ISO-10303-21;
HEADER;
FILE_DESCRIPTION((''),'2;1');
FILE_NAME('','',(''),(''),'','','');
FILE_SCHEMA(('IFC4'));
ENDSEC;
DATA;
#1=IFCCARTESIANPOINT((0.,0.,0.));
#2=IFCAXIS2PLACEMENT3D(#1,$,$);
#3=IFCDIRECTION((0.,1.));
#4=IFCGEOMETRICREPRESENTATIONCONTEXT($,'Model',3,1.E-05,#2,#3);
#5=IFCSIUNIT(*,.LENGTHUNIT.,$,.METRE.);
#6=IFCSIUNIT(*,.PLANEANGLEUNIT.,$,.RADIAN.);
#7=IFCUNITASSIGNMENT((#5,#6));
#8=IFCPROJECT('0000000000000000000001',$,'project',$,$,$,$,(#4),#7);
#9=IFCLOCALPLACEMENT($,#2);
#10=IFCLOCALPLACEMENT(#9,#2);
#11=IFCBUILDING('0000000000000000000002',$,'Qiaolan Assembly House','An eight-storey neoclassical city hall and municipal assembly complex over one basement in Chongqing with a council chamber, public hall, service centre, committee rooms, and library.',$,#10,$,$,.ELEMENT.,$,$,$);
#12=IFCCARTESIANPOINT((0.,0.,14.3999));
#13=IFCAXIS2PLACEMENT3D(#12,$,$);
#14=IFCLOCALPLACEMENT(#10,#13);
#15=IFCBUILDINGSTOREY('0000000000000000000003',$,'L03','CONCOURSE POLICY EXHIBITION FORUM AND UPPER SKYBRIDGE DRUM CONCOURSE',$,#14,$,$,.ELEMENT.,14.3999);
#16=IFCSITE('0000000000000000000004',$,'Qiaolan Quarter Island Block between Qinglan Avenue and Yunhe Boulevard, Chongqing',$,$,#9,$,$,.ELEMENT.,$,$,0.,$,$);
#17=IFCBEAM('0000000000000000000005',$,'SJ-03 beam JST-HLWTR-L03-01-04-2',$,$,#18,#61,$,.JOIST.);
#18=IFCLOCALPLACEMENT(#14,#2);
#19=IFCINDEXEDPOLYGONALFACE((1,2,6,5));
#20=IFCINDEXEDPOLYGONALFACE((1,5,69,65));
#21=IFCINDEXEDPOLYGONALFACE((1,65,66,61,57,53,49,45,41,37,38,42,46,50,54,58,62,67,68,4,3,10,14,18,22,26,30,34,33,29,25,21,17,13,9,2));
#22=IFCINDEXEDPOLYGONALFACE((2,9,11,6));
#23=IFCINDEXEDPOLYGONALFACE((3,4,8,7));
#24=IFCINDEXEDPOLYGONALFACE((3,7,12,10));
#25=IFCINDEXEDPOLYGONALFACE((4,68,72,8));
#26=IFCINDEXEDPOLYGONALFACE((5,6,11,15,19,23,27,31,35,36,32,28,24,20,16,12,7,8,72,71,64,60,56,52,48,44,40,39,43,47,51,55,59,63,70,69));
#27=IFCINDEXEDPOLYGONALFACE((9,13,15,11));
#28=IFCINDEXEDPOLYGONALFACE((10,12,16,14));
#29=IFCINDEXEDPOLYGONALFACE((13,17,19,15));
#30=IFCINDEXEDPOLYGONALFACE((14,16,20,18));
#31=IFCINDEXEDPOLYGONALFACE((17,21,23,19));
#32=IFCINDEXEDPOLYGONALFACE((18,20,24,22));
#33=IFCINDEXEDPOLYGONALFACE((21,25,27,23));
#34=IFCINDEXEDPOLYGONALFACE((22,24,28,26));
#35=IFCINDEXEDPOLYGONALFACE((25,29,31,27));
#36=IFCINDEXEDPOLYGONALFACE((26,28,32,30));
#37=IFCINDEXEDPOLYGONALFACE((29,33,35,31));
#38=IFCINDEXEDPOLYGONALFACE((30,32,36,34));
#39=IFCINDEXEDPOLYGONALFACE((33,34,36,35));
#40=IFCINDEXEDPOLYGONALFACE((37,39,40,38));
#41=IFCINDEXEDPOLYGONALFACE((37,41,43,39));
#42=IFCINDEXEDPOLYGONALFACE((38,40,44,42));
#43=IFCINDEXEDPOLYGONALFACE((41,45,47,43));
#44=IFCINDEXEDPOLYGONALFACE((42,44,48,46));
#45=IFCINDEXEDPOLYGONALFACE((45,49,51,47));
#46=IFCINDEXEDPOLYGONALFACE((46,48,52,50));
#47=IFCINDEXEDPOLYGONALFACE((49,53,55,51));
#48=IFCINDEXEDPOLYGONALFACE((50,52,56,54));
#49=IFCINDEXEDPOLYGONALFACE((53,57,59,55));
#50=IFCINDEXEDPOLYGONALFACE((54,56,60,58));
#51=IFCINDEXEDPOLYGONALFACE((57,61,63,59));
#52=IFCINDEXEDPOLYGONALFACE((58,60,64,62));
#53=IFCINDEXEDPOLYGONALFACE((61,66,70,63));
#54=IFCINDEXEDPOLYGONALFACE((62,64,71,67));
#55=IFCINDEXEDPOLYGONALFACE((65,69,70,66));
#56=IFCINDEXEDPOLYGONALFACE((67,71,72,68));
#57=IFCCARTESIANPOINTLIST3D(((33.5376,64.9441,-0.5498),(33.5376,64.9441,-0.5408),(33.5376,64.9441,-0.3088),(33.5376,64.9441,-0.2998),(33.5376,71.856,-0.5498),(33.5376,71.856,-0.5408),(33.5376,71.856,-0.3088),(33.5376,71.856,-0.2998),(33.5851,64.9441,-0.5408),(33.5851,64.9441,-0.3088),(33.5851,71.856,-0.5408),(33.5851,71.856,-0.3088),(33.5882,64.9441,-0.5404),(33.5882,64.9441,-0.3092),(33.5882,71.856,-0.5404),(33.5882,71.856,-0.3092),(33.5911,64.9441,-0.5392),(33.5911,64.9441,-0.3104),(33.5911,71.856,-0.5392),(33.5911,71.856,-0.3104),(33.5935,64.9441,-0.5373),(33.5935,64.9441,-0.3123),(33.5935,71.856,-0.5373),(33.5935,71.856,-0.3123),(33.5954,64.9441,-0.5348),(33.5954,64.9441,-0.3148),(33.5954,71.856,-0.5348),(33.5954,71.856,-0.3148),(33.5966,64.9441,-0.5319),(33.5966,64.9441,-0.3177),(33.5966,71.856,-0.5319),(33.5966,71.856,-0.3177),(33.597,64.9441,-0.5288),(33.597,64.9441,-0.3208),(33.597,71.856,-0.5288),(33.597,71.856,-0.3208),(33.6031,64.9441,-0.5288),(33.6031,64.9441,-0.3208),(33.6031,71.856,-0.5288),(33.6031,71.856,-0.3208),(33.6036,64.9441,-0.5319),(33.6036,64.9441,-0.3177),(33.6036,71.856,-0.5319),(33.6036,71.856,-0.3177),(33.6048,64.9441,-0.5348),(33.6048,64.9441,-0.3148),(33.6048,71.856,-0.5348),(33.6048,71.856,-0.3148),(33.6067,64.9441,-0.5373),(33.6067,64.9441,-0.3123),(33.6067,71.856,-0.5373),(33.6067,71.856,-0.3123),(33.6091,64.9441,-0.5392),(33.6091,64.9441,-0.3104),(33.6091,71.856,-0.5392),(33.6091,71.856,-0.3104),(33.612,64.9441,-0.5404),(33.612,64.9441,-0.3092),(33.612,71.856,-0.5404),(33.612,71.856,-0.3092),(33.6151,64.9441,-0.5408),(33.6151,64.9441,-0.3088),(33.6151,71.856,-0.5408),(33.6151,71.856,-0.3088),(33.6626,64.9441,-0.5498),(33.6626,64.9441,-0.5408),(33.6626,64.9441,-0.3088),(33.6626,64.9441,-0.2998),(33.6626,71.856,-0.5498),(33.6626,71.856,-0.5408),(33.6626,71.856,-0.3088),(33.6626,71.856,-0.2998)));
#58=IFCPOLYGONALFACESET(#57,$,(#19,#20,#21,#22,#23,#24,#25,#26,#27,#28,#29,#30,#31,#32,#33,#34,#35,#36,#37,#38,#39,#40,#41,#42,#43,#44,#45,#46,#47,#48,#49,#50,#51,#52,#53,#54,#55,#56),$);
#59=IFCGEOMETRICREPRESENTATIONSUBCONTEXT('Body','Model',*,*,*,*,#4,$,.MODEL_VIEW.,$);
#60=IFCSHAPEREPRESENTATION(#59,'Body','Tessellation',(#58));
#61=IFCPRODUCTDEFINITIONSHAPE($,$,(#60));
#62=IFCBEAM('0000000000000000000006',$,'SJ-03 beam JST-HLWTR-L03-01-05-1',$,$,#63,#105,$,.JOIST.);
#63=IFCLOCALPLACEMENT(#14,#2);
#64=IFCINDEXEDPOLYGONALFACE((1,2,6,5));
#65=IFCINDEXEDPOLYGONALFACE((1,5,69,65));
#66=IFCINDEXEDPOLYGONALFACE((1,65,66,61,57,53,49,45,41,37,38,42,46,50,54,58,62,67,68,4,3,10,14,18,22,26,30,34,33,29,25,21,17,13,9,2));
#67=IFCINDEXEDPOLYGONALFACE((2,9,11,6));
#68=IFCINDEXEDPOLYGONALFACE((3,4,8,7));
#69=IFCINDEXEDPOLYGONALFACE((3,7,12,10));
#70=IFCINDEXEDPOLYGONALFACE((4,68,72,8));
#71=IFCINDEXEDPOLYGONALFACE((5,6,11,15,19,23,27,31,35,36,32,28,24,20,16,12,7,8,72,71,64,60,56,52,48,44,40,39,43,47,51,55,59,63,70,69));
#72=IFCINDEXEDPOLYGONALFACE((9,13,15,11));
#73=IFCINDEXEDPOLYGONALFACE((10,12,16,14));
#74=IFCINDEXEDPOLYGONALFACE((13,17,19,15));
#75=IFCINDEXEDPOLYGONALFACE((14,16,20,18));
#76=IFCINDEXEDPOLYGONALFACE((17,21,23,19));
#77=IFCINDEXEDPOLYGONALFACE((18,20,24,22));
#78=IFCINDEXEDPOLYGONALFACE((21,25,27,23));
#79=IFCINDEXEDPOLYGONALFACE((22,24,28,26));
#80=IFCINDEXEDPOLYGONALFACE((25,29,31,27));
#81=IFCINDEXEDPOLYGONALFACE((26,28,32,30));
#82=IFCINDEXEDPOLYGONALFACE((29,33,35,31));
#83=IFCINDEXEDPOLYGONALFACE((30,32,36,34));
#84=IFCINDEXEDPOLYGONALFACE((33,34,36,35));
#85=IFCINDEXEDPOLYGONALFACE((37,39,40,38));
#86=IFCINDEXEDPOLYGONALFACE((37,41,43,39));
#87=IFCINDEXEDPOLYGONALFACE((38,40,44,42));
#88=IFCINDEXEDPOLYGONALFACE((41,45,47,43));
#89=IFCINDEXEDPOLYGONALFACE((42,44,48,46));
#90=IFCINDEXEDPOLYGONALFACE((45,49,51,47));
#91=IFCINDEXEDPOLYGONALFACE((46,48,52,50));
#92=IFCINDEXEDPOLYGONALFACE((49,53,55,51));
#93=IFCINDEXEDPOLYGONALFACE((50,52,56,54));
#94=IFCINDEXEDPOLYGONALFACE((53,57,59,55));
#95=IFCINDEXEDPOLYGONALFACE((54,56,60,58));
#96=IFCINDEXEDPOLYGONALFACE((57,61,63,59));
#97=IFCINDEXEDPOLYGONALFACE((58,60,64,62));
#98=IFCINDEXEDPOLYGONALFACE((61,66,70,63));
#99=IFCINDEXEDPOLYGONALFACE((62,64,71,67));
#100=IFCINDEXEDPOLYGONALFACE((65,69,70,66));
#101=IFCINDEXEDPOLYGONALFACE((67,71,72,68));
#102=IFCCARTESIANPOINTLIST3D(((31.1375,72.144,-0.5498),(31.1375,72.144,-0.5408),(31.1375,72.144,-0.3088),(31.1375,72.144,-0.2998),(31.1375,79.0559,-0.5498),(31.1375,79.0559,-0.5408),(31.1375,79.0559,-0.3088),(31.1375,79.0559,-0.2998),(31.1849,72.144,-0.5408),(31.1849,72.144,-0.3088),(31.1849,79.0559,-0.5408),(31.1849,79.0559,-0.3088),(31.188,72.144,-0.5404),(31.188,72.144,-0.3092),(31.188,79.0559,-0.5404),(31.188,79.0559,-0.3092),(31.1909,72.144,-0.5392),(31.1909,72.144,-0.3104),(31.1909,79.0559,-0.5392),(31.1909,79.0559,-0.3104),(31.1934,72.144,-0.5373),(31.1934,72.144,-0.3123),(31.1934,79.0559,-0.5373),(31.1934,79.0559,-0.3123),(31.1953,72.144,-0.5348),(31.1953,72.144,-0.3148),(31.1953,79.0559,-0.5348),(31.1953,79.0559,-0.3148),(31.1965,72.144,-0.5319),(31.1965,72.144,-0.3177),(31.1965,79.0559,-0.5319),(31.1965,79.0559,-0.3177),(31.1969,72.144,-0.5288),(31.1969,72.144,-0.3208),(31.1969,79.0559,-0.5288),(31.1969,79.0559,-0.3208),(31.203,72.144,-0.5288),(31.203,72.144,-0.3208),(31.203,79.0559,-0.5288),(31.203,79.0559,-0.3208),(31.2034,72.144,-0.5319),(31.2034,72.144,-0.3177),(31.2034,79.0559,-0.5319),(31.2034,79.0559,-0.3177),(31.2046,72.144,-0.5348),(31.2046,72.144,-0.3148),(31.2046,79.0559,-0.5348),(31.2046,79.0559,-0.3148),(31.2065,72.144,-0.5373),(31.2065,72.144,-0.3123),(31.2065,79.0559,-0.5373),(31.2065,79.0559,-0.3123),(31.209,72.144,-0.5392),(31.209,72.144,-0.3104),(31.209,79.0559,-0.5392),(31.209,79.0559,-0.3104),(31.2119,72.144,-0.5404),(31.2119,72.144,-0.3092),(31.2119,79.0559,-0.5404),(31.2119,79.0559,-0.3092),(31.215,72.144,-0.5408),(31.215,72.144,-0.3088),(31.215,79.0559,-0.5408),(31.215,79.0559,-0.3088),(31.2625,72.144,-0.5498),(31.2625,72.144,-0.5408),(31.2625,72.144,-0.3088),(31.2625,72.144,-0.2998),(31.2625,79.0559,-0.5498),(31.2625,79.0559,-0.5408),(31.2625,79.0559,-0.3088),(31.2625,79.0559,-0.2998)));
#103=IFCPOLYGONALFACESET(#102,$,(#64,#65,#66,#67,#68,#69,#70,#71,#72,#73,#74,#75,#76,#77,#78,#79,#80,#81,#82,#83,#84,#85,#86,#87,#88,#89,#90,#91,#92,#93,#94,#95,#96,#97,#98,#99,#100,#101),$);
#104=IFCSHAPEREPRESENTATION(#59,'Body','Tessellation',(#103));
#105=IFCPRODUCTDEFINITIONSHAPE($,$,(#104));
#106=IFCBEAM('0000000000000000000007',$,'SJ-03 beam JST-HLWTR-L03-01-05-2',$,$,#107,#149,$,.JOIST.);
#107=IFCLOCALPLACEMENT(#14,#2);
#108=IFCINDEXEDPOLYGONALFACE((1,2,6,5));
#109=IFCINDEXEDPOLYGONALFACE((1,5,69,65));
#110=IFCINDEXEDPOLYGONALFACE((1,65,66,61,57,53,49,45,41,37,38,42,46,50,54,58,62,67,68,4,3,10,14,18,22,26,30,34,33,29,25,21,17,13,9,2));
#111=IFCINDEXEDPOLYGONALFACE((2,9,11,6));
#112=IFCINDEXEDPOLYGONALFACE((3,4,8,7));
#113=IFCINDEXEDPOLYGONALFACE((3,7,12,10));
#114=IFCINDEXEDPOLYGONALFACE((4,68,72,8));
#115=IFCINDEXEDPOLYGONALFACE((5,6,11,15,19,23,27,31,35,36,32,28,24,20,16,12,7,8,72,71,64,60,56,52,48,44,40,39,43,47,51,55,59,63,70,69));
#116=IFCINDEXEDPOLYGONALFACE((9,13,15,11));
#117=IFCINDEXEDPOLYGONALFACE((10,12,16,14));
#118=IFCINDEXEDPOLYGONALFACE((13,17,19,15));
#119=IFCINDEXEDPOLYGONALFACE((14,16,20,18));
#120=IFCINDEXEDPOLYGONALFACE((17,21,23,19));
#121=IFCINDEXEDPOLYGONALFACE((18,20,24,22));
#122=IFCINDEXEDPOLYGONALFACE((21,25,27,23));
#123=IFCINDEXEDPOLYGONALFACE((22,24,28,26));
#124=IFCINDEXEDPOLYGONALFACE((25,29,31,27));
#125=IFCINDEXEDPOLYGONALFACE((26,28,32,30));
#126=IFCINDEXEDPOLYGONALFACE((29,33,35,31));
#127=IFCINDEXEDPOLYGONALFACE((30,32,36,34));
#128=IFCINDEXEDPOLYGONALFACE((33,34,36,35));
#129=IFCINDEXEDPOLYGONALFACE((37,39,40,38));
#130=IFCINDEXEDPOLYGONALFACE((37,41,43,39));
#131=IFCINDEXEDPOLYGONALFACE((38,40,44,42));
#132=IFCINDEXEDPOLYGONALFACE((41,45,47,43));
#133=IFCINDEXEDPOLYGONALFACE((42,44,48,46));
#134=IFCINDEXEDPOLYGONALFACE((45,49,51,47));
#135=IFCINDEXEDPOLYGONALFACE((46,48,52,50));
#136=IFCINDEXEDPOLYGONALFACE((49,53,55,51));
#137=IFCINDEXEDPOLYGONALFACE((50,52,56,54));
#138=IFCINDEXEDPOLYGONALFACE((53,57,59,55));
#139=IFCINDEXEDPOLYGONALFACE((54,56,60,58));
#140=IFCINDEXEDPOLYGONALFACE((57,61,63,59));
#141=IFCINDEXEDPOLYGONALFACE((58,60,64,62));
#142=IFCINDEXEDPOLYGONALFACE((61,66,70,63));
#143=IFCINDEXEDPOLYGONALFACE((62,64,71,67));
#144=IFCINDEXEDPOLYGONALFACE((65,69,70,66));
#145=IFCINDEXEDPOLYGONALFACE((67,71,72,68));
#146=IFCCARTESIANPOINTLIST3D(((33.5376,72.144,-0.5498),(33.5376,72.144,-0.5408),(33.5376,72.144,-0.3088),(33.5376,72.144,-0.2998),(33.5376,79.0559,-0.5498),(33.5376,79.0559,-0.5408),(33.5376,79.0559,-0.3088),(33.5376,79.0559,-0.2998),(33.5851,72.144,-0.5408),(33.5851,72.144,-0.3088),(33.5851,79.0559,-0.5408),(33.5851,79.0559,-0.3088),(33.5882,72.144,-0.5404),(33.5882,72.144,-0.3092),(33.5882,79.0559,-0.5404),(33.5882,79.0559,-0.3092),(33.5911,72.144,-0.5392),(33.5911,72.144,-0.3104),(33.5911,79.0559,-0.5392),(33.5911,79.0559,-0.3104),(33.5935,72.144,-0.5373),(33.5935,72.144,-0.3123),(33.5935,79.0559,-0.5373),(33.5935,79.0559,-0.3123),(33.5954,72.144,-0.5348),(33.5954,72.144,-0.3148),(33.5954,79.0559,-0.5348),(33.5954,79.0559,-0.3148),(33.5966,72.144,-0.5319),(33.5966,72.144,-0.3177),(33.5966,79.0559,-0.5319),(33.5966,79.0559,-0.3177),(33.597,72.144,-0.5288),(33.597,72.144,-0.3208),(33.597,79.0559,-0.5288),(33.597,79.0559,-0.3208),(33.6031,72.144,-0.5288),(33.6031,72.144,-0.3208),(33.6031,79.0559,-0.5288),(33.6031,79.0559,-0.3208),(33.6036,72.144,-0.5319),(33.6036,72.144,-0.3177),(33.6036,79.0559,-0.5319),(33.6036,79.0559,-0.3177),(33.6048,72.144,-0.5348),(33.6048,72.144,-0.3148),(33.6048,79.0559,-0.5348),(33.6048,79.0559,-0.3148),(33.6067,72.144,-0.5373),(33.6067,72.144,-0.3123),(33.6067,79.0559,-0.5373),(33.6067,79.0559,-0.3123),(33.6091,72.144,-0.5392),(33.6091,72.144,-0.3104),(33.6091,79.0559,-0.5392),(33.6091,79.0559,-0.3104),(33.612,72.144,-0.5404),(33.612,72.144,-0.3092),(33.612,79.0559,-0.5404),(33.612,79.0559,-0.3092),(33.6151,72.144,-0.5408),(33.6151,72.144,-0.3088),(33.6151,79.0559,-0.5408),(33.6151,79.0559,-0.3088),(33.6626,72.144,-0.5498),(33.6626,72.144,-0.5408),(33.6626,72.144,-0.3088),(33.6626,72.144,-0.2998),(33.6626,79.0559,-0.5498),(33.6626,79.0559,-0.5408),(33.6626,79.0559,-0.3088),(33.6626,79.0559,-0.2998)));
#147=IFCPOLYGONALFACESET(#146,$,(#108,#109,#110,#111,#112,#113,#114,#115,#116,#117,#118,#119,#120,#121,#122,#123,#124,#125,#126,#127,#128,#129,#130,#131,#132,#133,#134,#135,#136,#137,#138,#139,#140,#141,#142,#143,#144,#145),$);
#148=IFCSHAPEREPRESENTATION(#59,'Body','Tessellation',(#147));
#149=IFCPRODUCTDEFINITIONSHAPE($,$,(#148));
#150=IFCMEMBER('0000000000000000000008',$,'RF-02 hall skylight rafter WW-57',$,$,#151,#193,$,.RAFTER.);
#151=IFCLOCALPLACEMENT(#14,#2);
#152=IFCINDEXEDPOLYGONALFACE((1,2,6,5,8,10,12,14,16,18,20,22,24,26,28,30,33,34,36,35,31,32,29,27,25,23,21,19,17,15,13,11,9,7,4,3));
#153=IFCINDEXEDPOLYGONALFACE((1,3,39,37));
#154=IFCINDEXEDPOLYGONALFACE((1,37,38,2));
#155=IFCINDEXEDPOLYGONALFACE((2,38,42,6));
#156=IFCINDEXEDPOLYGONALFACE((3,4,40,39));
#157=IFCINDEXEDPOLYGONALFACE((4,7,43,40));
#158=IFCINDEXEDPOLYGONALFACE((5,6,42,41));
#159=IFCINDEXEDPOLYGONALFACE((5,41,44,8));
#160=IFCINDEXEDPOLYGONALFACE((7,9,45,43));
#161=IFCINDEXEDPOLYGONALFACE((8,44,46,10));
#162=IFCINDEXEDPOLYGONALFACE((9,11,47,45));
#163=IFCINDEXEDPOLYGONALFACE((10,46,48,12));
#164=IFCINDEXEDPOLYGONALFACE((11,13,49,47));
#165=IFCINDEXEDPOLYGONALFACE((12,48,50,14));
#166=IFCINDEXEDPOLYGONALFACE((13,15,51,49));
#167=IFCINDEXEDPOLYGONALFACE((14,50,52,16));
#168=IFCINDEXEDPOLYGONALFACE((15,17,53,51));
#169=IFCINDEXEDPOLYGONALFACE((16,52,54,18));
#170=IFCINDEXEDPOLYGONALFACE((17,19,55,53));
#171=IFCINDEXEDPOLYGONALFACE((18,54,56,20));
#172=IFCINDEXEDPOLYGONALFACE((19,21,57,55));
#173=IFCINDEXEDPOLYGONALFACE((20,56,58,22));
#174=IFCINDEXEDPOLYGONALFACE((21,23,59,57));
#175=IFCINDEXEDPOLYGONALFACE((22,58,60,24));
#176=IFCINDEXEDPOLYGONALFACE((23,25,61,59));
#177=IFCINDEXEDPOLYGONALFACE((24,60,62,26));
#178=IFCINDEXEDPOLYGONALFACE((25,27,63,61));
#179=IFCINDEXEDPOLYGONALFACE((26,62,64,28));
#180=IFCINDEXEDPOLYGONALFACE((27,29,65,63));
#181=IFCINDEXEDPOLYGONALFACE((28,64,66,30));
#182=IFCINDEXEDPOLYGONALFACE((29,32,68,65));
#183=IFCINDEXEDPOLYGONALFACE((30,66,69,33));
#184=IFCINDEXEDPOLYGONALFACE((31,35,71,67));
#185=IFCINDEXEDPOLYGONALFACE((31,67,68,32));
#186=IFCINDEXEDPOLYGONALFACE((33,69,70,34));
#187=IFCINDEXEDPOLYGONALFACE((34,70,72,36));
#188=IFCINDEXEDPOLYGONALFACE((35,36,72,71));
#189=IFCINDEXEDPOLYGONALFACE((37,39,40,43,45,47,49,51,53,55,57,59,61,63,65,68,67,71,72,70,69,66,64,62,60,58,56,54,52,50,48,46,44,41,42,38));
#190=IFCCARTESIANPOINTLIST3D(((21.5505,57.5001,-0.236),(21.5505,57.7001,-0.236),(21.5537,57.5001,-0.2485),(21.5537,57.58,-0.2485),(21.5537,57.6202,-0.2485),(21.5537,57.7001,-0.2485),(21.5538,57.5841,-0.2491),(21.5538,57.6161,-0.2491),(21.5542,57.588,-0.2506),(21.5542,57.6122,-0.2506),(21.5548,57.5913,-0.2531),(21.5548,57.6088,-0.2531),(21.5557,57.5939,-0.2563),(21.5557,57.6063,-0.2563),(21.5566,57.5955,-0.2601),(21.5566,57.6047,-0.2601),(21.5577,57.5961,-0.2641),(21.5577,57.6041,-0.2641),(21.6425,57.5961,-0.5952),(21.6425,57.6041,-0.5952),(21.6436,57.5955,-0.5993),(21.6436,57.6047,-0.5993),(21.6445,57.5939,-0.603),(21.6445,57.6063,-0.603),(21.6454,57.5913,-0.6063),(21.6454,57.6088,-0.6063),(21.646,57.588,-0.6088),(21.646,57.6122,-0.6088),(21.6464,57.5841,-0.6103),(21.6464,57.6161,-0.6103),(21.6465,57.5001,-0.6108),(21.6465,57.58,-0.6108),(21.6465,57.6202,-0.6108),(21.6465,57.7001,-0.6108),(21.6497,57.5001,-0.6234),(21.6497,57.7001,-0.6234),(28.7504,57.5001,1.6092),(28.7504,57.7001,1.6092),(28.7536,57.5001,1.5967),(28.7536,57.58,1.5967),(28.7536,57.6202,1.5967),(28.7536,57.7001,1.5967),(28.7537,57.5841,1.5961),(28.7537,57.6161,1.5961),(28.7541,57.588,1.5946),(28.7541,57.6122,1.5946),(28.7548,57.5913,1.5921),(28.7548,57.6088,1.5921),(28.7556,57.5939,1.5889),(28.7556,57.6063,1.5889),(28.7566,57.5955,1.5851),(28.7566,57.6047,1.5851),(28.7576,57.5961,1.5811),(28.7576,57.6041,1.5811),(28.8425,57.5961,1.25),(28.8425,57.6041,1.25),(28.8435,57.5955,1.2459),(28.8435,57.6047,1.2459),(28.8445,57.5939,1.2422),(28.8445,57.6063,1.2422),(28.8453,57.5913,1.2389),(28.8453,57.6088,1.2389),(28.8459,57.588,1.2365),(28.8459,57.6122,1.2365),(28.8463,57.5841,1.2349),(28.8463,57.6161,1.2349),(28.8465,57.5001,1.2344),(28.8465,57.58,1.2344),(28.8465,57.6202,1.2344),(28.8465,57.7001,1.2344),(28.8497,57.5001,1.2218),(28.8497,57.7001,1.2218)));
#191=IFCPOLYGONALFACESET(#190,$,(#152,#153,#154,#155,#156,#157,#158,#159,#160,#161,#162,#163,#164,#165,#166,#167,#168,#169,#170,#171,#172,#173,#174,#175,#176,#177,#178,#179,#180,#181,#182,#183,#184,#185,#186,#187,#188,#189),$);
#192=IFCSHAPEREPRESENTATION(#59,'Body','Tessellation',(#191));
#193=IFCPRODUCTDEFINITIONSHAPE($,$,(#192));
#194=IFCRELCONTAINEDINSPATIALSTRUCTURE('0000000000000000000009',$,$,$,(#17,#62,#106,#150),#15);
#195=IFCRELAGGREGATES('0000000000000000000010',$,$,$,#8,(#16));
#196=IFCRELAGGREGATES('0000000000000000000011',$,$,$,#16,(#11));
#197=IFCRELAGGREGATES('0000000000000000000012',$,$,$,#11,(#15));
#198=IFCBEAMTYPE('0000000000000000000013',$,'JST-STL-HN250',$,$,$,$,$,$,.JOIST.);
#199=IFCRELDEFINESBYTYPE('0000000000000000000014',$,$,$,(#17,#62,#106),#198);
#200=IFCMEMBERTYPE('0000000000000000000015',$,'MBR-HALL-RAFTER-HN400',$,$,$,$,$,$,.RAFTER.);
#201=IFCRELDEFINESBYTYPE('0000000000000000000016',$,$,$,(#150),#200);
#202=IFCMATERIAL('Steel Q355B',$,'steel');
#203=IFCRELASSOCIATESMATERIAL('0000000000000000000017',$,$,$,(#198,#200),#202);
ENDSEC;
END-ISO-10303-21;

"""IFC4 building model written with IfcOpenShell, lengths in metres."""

from ifc_helpers import new_model, si_unit, direction, frame, origin, origin_2d, place, context, subcontext, project, spatial, i_section, extrude, material, material_profile, profile_set, type_object, element, save


model = new_model("IFC4")

# Units and contexts
model_context = context("Model", 3, precision=1e-05, world=origin(), true_north=direction((0.0, 1.0)))
body_context = subcontext(model_context, "Body", "Model", "MODEL_VIEW")
ifc_project = project(units=[si_unit("LENGTHUNIT", "METRE"), si_unit("PLANEANGLEUNIT", "RADIAN")], contexts=[model_context])

# Site, building, storey
site_placement = place(None, origin())
site = spatial("IfcSite", under=ifc_project, at=site_placement, Name="Qiaolan Quarter Island Block between Qinglan Avenue and Yunhe Boulevard, Chongqing", CompositionType="ELEMENT", RefElevation=0.0)
building_placement = place(site_placement, origin())
building = spatial("IfcBuilding", under=site, at=building_placement, Name="Qiaolan Assembly House", Description="An eight-storey neoclassical city hall and municipal assembly complex over one basement in Chongqing with a council chamber, public hall, service centre, committee rooms, and library.", CompositionType="ELEMENT")
storey_placement = place(building_placement, frame((0.0, 0.0, 14.3999)))
storey = spatial("IfcBuildingStorey", under=building, at=storey_placement, Name="L03", Description="CONCOURSE POLICY EXHIBITION FORUM AND UPPER SKYBRIDGE DRUM CONCOURSE", CompositionType="ELEMENT", Elevation=14.3999)

# Shared definitions
ifc_material = material(Name="Steel Q355B", Category="steel")

# Beams
ifc_material_profile_1 = material_profile(ifc_material, i_section(OverallWidth=0.125, OverallDepth=0.25, WebThickness=0.0061, FlangeThickness=0.009, FilletRadius=0.012, at=origin_2d()), Name="HN 250x125x6x9")
ifc_profile_set_1 = profile_set([ifc_material_profile_1], Name="Steel Q355B")
beam_type_1 = type_object("IfcBeamType", Name="JST-STL-HN250", PredefinedType="JOIST", material=ifc_profile_set_1)
for number, where, z_axis, x_axis, name in (
    (1, (33.6001, 64.9441, -0.4248), (0.0, 1.0, 0.0), (-1.0, 0.0, 0.0), "SJ-03 beam JST-HLWTR-L03-01-04-2"),
    (2, (31.2, 72.144, -0.4248), (0.0, 1.0, 0.0), (-1.0, 0.0, 0.0), "SJ-03 beam JST-HLWTR-L03-01-05-1"),
    (3, (33.6001, 72.144, -0.4248), (0.0, 1.0, 0.0), (-1.0, 0.0, 0.0), "SJ-03 beam JST-HLWTR-L03-01-05-2"),
):
    element("IfcBeam", number, at=place(storey_placement, frame(where, z_axis=z_axis, x_axis=x_axis)), inside=storey, type_object=beam_type_1, Name=name, PredefinedType="JOIST", context=body_context, shape_type="SweptSolid", body=[
        extrude(i_section(OverallWidth=0.125, OverallDepth=0.25, WebThickness=0.0061, FlangeThickness=0.009, FilletRadius=0.012, at=origin_2d()), origin(), (0.0, 0.0, 1.0), 6.9119),
    ])

# Member
ifc_material_profile_2 = material_profile(ifc_material, i_section(OverallWidth=0.2, OverallDepth=0.3999, WebThickness=0.0081, FlangeThickness=0.0129, FilletRadius=0.0161, at=origin_2d()), Name="HN 400x200x8x13-RF")
ifc_profile_set_2 = profile_set([ifc_material_profile_2], Name="Steel Q355B")
member_type = type_object("IfcMemberType", Name="MBR-HALL-RAFTER-HN400", PredefinedType="RAFTER", material=ifc_profile_set_2)
for number, where, z_axis, x_axis, name in (
    (4, (21.6001, 57.6001, -0.4297), (0.968694, 0.0, 0.248258), (0.0, 1.0, 0.0), "RF-02 hall skylight rafter WW-57"),
):
    element("IfcMember", number, at=place(storey_placement, frame(where, z_axis=z_axis, x_axis=x_axis)), inside=storey, type_object=member_type, Name=name, PredefinedType="RAFTER", context=body_context, shape_type="SweptSolid", body=[
        extrude(i_section(OverallWidth=0.2, OverallDepth=0.3999, WebThickness=0.0081, FlangeThickness=0.0129, FilletRadius=0.0161, at=origin_2d()), origin(), (0.0, 0.0, 1.0), 7.4326),
    ])

save(model, "model.ifc")
